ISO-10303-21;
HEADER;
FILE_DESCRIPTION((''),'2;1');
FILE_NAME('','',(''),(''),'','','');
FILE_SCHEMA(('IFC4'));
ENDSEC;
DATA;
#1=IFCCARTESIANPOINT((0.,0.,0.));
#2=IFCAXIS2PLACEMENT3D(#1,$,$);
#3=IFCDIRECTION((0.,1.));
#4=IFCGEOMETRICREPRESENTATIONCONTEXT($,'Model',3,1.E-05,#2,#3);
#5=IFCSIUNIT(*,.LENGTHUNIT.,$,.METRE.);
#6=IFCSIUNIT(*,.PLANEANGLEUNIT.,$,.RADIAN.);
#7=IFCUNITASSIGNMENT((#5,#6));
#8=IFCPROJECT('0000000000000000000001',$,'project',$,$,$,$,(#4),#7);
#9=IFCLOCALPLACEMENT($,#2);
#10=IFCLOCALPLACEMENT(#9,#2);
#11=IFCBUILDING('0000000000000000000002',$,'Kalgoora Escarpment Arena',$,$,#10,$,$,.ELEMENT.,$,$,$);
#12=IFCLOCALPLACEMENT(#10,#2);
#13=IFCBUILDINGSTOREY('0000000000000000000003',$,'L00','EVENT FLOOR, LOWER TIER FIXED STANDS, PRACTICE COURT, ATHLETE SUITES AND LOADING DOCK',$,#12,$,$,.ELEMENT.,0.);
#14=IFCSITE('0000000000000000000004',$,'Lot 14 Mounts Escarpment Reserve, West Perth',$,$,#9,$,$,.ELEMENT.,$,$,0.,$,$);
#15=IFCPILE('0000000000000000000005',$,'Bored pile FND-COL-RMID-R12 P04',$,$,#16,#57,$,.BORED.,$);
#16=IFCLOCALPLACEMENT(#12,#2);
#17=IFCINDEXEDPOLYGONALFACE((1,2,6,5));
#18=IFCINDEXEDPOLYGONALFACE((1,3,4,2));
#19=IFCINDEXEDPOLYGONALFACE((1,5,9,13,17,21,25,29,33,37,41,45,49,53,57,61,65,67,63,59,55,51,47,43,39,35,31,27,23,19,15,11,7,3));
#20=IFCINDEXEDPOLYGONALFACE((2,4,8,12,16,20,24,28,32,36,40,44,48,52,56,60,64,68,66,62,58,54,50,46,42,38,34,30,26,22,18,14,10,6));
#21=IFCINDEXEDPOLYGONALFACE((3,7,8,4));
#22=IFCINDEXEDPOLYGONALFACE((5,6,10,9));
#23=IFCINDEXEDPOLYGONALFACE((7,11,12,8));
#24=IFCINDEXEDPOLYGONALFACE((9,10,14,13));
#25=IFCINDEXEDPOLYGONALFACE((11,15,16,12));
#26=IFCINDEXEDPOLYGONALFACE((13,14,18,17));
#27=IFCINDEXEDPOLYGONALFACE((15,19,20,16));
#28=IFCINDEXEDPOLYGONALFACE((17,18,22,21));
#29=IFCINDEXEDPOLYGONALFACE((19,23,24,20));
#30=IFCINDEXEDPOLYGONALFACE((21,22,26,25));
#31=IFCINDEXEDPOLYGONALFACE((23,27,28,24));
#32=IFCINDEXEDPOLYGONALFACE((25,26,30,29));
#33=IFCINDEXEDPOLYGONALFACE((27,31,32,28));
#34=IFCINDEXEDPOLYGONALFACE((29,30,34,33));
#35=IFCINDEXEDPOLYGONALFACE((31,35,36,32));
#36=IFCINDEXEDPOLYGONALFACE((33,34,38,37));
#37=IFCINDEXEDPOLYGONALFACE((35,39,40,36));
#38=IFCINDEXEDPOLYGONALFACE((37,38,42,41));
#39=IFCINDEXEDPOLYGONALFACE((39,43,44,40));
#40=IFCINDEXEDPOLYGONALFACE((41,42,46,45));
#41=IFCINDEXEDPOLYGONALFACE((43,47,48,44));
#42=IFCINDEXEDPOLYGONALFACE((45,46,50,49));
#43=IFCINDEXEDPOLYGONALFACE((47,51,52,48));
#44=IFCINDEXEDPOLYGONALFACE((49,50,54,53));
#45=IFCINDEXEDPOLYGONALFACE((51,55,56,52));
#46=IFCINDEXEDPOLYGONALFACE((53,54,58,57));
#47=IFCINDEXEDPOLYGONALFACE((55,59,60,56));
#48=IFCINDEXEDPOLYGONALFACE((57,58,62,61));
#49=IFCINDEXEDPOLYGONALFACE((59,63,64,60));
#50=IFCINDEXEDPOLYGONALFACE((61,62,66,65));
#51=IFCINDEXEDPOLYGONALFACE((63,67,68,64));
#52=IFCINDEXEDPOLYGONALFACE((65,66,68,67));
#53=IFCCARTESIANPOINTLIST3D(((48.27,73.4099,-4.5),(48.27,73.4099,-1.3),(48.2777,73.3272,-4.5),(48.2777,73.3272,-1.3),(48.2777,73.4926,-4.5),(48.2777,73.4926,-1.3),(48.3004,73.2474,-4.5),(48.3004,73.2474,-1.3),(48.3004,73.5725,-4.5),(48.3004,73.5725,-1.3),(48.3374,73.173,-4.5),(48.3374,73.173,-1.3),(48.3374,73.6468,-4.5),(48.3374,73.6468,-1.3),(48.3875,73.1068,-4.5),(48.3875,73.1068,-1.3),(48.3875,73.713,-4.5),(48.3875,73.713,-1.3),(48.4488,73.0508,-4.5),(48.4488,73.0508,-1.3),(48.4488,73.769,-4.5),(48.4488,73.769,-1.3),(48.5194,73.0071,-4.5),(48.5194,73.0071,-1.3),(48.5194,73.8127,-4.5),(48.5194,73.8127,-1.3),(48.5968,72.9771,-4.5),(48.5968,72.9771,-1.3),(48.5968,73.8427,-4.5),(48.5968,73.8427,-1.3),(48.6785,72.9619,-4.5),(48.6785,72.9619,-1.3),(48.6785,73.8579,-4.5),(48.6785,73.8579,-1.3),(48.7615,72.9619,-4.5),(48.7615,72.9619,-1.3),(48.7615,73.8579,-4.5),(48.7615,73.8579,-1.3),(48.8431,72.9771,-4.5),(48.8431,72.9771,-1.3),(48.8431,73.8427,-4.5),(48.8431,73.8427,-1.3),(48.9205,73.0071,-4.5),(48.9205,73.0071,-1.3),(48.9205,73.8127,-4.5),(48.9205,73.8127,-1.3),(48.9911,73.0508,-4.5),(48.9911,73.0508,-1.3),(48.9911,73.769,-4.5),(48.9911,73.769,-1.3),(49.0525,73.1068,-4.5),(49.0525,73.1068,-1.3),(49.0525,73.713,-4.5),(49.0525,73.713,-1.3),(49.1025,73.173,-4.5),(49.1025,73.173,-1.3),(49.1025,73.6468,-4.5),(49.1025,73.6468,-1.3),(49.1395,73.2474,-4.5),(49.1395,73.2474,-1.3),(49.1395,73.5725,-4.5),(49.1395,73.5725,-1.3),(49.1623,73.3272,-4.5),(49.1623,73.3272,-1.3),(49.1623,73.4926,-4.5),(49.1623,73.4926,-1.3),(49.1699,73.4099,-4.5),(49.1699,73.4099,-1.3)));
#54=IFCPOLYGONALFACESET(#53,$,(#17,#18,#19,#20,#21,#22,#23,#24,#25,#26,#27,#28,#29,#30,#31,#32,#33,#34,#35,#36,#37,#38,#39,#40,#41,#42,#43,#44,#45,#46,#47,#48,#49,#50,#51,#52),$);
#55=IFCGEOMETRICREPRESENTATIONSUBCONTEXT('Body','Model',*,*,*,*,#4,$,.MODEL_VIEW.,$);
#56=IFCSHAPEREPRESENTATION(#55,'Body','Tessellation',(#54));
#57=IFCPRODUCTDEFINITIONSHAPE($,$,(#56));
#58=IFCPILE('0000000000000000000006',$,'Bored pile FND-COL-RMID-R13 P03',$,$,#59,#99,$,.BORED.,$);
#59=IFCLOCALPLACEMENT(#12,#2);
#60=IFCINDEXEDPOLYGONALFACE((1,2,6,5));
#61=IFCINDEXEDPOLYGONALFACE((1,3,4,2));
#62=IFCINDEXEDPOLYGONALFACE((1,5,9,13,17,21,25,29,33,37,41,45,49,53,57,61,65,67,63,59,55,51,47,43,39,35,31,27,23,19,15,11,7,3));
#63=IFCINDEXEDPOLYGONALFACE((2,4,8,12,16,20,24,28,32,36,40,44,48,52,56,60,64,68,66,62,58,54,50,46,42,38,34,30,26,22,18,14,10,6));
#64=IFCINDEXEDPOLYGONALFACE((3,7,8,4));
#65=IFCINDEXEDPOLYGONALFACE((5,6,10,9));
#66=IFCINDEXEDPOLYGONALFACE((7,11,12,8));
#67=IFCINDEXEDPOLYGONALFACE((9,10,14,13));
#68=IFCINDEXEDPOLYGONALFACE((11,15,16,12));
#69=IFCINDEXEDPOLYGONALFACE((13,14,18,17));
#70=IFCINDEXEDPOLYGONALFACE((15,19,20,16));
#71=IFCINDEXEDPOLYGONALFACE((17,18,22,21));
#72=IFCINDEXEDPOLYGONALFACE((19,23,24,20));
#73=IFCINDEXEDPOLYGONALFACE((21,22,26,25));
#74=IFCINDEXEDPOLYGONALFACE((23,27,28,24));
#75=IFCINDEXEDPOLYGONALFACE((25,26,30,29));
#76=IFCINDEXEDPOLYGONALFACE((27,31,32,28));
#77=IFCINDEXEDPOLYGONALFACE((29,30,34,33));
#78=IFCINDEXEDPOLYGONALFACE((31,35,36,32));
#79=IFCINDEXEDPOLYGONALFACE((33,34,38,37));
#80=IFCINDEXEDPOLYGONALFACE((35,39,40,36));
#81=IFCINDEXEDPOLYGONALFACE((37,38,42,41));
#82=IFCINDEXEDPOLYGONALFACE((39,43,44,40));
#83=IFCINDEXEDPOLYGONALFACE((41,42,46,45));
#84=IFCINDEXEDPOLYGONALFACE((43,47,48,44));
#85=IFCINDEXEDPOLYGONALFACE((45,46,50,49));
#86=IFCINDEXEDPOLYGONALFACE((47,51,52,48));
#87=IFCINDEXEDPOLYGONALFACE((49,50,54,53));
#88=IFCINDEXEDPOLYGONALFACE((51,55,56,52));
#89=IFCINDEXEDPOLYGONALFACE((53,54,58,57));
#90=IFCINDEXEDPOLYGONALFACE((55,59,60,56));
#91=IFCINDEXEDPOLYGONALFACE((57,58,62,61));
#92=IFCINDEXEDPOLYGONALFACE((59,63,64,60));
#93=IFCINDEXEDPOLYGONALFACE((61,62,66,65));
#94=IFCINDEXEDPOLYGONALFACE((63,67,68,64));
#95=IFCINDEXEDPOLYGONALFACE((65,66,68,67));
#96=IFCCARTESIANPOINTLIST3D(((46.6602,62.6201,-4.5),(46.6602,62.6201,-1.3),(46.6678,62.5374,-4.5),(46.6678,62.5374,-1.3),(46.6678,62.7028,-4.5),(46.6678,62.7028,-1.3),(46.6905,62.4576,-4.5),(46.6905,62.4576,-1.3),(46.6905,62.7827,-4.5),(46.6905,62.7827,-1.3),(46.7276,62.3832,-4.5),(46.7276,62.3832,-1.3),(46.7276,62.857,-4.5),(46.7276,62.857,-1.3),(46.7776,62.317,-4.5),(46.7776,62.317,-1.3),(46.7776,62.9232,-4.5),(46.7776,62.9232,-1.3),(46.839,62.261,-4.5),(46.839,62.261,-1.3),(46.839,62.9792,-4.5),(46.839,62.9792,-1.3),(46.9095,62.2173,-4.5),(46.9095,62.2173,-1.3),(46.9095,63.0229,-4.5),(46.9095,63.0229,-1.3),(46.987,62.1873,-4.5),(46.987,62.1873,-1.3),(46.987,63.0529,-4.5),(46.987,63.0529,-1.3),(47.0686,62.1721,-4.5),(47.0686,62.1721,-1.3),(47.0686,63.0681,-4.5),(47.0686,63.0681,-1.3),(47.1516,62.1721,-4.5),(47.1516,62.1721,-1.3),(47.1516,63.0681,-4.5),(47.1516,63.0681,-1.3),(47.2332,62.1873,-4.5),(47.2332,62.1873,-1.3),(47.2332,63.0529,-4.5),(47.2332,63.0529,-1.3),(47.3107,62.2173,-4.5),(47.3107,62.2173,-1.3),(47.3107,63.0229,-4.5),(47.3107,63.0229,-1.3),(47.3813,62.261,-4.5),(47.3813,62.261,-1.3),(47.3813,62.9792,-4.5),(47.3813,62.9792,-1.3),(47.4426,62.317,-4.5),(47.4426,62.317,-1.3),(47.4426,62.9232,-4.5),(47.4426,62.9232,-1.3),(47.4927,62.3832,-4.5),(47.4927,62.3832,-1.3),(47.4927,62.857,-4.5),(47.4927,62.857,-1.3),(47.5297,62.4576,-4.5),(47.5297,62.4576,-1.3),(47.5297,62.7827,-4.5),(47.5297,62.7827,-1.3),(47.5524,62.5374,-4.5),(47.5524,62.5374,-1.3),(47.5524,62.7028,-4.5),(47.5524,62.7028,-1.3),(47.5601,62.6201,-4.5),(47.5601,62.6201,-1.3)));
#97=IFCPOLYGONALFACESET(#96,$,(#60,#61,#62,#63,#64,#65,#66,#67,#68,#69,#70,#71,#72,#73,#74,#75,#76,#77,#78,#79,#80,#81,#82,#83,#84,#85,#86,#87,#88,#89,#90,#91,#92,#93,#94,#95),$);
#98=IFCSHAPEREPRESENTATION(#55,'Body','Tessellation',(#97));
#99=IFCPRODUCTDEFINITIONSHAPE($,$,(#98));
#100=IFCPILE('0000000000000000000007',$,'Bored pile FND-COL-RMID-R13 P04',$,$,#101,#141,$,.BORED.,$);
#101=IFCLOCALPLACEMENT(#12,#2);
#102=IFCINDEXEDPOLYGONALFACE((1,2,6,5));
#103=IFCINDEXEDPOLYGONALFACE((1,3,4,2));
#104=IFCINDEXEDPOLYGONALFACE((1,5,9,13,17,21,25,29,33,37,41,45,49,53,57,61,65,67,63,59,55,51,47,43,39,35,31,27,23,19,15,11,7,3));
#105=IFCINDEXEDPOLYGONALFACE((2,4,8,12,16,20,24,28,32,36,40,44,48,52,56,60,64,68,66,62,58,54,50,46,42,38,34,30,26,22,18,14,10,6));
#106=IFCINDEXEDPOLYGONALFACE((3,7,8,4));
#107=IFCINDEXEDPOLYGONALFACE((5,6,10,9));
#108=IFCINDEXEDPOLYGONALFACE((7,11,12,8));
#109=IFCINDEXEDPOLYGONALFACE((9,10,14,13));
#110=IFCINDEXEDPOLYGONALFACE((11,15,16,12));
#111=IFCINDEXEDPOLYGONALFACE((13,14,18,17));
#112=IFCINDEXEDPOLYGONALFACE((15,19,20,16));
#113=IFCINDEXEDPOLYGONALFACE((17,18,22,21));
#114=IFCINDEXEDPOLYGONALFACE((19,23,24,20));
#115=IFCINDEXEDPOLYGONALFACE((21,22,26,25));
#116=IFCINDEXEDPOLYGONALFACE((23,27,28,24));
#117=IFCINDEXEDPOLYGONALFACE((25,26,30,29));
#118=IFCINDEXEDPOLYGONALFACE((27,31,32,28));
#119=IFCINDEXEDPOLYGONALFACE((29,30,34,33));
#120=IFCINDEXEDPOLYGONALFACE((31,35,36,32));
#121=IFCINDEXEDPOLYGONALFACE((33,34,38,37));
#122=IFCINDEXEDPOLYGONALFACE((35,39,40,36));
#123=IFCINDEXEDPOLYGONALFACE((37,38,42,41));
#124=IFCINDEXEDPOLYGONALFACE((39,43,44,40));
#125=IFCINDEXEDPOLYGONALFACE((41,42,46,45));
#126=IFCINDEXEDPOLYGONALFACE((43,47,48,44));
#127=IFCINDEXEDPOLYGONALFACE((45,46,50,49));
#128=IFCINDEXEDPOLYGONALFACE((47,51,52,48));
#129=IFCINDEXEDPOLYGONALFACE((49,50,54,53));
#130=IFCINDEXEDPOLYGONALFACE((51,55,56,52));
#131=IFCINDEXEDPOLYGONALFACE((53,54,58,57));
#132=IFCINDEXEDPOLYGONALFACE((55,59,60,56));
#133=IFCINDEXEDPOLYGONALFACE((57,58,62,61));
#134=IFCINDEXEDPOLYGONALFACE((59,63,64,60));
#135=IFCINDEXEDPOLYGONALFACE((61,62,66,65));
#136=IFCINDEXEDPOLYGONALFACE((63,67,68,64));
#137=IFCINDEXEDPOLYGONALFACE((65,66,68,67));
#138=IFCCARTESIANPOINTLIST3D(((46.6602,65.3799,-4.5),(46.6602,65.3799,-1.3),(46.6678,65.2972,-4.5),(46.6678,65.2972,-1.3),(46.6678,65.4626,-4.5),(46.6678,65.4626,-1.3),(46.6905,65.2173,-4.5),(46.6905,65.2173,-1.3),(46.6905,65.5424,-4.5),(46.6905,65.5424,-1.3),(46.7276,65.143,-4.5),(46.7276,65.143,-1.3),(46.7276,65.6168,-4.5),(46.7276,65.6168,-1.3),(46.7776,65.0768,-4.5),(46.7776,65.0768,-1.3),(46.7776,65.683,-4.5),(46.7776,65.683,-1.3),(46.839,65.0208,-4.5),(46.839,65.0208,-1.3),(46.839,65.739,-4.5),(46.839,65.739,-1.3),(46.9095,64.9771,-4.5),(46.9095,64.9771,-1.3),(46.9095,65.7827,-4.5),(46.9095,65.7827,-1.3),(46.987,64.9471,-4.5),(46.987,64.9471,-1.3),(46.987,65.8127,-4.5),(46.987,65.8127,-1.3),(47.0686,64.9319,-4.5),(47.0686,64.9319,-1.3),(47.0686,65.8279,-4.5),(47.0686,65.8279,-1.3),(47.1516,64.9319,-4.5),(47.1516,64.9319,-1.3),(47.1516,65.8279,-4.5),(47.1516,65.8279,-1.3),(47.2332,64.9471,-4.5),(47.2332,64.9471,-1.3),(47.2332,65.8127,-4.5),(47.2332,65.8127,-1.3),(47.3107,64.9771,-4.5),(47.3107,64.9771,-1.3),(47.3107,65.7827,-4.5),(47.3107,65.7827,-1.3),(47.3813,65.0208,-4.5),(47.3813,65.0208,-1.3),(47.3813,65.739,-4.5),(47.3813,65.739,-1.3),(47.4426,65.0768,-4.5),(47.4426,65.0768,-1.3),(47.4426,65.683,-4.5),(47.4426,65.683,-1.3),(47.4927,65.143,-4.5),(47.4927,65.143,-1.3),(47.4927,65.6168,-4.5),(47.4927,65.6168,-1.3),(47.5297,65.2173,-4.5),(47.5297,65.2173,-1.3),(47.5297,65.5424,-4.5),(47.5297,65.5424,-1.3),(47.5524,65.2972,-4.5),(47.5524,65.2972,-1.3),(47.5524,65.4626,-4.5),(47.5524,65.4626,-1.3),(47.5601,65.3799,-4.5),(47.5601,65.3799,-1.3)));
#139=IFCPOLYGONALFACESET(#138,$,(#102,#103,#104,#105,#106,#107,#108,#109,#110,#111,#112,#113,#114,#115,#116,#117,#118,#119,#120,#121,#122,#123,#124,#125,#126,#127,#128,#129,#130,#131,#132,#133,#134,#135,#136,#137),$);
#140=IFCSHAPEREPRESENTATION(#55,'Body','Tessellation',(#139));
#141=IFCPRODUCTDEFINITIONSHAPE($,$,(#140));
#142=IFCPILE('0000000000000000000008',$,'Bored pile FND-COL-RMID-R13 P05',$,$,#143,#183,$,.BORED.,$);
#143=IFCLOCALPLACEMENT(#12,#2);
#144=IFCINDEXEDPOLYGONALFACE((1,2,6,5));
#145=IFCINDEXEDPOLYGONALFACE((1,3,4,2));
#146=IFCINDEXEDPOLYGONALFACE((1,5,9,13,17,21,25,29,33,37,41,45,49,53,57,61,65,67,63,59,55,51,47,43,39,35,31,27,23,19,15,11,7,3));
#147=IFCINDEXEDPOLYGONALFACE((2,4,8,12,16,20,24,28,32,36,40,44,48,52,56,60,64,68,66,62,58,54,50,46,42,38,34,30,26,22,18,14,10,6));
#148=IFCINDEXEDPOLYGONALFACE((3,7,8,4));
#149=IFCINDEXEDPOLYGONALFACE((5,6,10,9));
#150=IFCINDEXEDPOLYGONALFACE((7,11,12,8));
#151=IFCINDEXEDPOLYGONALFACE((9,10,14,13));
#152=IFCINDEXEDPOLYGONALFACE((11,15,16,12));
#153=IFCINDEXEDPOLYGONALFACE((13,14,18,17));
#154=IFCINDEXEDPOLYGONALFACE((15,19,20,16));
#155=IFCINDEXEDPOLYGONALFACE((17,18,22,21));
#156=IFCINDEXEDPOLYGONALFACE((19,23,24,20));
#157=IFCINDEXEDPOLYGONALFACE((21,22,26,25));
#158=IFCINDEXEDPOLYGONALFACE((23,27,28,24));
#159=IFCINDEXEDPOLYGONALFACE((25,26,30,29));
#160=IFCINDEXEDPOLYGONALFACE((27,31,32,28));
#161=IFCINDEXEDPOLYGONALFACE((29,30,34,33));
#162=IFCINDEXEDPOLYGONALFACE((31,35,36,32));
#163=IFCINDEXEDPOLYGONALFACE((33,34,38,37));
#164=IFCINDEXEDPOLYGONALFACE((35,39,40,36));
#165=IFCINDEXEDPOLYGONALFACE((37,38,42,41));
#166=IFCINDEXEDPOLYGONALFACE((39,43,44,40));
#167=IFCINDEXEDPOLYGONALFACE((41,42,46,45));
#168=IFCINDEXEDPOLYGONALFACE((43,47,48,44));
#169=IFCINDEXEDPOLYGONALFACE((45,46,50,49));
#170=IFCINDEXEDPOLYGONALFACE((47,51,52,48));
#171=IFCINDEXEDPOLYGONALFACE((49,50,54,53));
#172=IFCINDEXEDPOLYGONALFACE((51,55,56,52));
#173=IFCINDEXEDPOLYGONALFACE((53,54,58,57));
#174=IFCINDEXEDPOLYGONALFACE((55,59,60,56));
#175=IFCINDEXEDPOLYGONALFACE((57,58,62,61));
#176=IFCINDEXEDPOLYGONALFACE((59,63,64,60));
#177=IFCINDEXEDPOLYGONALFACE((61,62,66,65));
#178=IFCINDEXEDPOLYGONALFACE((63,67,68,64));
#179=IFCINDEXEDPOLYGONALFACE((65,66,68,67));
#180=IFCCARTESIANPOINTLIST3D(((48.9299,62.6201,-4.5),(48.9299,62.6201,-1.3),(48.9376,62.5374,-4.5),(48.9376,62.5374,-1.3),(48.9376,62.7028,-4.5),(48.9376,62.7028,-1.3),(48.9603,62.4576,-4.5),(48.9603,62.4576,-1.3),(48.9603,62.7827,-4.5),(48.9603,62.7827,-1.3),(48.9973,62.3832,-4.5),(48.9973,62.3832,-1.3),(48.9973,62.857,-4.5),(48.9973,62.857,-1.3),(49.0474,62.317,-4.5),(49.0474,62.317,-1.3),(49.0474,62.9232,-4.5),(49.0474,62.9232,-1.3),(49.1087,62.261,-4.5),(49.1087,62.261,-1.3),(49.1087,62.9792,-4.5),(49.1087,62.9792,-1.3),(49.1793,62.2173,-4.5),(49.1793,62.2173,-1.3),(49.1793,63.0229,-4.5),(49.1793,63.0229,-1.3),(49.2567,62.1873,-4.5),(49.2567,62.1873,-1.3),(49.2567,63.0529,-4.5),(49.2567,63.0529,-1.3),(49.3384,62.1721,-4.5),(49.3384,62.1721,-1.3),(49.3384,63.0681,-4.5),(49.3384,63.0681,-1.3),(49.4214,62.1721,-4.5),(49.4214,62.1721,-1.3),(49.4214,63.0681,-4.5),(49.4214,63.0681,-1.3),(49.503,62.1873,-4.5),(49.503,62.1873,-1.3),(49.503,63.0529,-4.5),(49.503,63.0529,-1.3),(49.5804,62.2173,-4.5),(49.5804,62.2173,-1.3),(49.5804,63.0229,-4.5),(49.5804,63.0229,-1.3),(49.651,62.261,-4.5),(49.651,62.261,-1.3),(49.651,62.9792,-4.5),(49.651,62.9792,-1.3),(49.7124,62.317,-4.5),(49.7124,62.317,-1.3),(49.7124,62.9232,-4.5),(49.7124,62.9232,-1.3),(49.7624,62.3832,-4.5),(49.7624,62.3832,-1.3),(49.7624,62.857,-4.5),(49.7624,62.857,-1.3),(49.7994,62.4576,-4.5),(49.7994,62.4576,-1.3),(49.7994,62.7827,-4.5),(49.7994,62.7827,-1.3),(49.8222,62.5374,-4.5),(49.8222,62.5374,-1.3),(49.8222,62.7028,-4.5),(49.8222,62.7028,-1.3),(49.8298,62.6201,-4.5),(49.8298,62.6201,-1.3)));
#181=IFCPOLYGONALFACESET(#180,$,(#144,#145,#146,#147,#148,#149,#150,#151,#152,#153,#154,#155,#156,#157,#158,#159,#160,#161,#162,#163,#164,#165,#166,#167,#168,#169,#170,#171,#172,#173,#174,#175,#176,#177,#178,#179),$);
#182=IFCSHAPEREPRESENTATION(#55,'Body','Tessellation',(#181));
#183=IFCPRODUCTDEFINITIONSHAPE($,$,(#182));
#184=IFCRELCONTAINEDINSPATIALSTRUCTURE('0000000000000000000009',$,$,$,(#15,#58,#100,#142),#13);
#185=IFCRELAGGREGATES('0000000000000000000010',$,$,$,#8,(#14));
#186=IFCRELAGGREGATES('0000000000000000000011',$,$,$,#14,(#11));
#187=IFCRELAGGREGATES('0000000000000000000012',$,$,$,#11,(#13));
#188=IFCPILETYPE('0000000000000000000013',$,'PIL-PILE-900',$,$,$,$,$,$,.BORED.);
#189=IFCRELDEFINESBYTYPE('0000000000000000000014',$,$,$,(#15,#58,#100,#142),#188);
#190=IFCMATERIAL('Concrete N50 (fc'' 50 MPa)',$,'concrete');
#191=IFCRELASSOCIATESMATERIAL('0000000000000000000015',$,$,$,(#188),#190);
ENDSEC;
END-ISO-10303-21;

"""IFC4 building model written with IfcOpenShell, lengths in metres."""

from ifc_helpers import new_model, si_unit, direction, frame, origin, origin_2d, place, context, subcontext, project, spatial, circle, extrude, material, material_profile, profile_set, type_object, element, save


model = new_model("IFC4")

# Units and contexts
model_context = context("Model", 3, precision=1e-05, world=origin(), true_north=direction((0.0, 1.0)))
body_context = subcontext(model_context, "Body", "Model", "MODEL_VIEW")
ifc_project = project(units=[si_unit("LENGTHUNIT", "METRE"), si_unit("PLANEANGLEUNIT", "RADIAN")], contexts=[model_context])

# Site, building, storey
site_placement = place(None, origin())
site = spatial("IfcSite", under=ifc_project, at=site_placement, Name="Lot 14 Mounts Escarpment Reserve, West Perth", CompositionType="ELEMENT", RefElevation=0.0)
building_placement = place(site_placement, origin())
building = spatial("IfcBuilding", under=site, at=building_placement, Name="Kalgoora Escarpment Arena", CompositionType="ELEMENT")
storey_placement = place(building_placement, origin())
storey = spatial("IfcBuildingStorey", under=building, at=storey_placement, Name="L00", Description="EVENT FLOOR, LOWER TIER FIXED STANDS, PRACTICE COURT, ATHLETE SUITES AND LOADING DOCK", CompositionType="ELEMENT", Elevation=0.0)

# Piles
ifc_material_1 = material(Name="Concrete N50 (fc' 50 MPa)", Category="concrete")
ifc_material_profile_1 = material_profile(ifc_material_1, circle(Radius=0.45, at=origin_2d()))
ifc_profile_set_1 = profile_set([ifc_material_profile_1], Name="Concrete N50 (fc' 50 MPa)")
pile_type = type_object("IfcPileType", Name="PIL-PILE-900", PredefinedType="BORED", material=ifc_profile_set_1)
for number, where, z_axis, x_axis, name in (
    (1, (48.72, 73.4099, -1.3), (0.0, 0.0, -1.0), (1.0, 0.0, 0.0), "Bored pile FND-COL-RMID-R12 P04"),
    (2, (47.1101, 62.6201, -1.3), (0.0, 0.0, -1.0), (1.0, 0.0, 0.0), "Bored pile FND-COL-RMID-R13 P03"),
    (3, (47.1101, 65.3799, -1.3), (0.0, 0.0, -1.0), (1.0, 0.0, 0.0), "Bored pile FND-COL-RMID-R13 P04"),
    (4, (49.3799, 62.6201, -1.3), (0.0, 0.0, -1.0), (1.0, 0.0, 0.0), "Bored pile FND-COL-RMID-R13 P05"),
):
    element("IfcPile", number, at=place(storey_placement, frame(where, z_axis=z_axis, x_axis=x_axis)), inside=storey, type_object=pile_type, Name=name, PredefinedType="BORED", context=body_context, shape_type="SweptSolid", body=[
        extrude(circle(Radius=0.45, at=origin_2d()), origin(), (0.0, 0.0, 1.0), 3.2),
    ])

save(model, "model.ifc")
